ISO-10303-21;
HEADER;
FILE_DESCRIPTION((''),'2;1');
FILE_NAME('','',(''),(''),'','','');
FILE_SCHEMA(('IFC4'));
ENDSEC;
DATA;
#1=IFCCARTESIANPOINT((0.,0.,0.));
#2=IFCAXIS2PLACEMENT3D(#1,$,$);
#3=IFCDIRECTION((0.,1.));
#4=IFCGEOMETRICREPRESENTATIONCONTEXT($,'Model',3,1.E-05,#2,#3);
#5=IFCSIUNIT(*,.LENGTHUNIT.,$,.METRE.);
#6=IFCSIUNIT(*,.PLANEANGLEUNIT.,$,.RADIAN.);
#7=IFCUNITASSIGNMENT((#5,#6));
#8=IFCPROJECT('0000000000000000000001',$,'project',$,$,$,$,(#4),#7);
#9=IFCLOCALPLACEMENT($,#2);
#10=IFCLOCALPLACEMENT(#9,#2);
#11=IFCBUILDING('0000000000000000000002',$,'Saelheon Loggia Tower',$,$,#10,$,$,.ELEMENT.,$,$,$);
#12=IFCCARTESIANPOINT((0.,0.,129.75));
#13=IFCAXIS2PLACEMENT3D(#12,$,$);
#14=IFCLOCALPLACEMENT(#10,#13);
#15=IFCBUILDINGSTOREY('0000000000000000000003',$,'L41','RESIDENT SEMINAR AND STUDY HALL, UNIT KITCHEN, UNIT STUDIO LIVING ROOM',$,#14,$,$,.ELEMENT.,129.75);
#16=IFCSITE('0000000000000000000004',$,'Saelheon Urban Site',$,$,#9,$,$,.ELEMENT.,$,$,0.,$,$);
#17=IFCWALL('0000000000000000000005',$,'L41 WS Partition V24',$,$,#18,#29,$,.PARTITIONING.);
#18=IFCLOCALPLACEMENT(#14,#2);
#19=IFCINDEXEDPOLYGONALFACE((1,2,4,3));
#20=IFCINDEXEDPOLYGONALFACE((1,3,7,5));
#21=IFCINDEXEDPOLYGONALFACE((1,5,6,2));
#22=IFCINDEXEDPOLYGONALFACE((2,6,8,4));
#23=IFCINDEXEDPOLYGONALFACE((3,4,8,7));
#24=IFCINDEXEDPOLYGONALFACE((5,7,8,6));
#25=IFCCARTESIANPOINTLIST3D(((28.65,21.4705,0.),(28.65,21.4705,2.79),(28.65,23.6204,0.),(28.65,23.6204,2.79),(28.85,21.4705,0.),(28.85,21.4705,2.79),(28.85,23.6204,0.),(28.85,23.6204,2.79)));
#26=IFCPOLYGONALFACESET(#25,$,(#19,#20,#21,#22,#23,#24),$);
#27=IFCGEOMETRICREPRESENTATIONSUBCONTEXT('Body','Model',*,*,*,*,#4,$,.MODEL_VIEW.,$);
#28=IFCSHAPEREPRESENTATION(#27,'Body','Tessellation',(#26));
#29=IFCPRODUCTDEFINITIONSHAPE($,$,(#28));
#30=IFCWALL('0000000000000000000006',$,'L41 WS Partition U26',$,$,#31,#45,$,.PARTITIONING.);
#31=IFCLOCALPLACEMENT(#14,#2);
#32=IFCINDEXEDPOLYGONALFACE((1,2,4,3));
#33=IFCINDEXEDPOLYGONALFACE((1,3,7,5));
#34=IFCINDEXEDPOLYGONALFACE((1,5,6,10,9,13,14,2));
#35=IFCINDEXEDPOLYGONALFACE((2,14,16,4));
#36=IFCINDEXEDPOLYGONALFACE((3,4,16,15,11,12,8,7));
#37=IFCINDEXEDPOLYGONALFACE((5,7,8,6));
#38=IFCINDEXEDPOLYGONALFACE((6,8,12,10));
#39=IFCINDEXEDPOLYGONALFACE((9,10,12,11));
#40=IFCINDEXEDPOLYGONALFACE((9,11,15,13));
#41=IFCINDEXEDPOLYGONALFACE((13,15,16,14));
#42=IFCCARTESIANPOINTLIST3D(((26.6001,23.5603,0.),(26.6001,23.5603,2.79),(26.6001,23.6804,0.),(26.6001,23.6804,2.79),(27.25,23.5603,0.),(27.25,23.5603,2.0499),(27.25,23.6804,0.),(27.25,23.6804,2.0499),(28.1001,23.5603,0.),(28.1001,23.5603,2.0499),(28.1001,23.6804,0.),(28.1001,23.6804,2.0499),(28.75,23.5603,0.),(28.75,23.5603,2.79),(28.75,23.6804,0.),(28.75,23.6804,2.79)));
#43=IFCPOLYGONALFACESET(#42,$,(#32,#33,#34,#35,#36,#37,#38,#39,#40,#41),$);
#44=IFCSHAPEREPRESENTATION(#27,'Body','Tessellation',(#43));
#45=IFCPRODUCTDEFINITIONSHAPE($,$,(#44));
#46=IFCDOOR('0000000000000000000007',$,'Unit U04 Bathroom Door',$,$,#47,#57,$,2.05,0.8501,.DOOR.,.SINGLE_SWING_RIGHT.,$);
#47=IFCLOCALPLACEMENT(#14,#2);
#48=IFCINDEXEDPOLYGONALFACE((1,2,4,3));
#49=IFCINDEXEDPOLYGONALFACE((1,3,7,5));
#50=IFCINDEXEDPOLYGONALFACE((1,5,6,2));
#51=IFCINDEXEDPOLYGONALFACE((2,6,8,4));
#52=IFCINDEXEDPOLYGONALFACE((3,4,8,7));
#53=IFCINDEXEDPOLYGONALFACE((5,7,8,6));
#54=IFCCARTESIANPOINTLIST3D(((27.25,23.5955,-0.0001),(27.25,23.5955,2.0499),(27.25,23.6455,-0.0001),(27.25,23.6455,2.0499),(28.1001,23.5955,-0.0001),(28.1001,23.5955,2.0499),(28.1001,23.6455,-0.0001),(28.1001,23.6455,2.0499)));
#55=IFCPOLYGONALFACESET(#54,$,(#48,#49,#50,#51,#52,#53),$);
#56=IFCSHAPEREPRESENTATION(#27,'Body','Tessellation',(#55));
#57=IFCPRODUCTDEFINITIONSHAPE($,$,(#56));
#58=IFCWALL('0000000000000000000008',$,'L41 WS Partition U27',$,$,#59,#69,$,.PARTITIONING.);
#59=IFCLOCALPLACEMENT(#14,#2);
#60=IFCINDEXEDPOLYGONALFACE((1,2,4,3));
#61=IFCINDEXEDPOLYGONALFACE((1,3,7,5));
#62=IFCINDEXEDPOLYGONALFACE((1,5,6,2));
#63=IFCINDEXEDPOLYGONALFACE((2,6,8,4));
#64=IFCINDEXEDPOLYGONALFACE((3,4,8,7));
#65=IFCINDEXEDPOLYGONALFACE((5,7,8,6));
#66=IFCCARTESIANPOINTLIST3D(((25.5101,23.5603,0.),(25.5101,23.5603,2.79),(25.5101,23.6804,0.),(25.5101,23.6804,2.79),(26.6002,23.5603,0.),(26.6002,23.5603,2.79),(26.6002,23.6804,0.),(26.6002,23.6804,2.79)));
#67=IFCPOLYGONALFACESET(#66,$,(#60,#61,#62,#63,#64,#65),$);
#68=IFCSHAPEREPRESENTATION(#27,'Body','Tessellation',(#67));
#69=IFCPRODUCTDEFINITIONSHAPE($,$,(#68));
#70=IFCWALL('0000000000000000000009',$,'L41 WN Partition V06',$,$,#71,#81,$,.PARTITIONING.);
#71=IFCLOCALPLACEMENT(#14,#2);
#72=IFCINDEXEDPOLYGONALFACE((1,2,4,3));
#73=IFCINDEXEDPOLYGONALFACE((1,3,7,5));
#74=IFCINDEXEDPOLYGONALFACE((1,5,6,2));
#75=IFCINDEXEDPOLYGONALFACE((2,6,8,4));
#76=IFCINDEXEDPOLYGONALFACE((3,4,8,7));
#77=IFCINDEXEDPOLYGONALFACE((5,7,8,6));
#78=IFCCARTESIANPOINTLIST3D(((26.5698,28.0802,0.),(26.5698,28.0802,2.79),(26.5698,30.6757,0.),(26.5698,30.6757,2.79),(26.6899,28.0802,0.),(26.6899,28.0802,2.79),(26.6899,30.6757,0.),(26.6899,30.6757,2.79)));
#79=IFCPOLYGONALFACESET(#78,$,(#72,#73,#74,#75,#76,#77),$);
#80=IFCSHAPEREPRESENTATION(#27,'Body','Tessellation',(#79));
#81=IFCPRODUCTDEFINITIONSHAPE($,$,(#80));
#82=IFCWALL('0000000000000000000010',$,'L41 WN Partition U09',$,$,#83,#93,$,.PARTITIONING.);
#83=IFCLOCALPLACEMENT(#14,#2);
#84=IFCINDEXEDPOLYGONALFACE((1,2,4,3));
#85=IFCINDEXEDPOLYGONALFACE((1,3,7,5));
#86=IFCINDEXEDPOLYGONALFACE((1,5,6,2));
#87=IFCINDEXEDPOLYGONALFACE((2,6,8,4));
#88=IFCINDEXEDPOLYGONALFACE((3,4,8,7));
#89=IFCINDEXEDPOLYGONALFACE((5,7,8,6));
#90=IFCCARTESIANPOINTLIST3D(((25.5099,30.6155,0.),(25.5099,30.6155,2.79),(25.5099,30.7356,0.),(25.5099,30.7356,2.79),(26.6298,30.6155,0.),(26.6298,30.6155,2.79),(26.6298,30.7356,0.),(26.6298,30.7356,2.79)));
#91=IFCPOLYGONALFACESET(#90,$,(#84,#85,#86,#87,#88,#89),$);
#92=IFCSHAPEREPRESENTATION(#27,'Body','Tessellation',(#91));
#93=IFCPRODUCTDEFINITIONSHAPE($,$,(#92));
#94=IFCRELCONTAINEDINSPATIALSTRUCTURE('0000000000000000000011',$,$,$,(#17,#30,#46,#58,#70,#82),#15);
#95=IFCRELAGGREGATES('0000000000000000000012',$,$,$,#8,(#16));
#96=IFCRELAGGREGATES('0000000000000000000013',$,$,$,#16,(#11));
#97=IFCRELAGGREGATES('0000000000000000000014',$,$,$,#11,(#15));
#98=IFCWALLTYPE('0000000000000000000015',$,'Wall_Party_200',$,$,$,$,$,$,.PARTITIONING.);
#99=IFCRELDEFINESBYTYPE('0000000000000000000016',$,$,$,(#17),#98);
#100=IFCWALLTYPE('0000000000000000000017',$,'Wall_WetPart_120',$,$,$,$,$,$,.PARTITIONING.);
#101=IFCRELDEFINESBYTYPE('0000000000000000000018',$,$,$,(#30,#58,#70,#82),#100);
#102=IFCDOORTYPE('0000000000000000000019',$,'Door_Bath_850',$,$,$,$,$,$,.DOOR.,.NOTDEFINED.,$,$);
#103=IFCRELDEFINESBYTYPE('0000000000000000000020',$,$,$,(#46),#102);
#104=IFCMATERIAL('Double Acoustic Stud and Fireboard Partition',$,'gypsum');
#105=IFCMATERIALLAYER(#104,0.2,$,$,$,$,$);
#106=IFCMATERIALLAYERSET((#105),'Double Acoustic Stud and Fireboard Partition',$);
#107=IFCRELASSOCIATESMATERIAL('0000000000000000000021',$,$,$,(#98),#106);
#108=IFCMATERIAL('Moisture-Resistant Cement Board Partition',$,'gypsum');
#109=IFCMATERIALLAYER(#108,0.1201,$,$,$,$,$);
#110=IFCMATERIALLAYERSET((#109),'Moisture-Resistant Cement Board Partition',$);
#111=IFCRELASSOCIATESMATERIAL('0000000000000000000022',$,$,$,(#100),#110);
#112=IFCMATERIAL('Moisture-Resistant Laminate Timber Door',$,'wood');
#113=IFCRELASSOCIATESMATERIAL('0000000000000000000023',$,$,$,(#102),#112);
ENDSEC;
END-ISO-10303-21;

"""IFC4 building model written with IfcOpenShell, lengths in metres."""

from ifc_helpers import new_model, si_unit, direction, frame, frame_2d, origin, place, context, subcontext, project, spatial, rectangle, extrude, source, transform, mapped, material, layer, layer_set, type_object, element, fill, save


model = new_model("IFC4")

# Units and contexts
model_context = context("Model", 3, precision=1e-05, world=origin(), true_north=direction((0.0, 1.0)))
body_context = subcontext(model_context, "Body", "Model", "MODEL_VIEW")
ifc_project = project(units=[si_unit("LENGTHUNIT", "METRE"), si_unit("PLANEANGLEUNIT", "RADIAN")], contexts=[model_context])

# Site, building, storey
site_placement = place(None, origin())
site = spatial("IfcSite", under=ifc_project, at=site_placement, Name="Saelheon Urban Site", CompositionType="ELEMENT", RefElevation=0.0)
building_placement = place(site_placement, origin())
building = spatial("IfcBuilding", under=site, at=building_placement, Name="Saelheon Loggia Tower", CompositionType="ELEMENT")
storey_placement = place(building_placement, frame((0.0, 0.0, 129.75)))
storey = spatial("IfcBuildingStorey", under=building, at=storey_placement, Name="L41", Description="RESIDENT SEMINAR AND STUDY HALL, UNIT KITCHEN, UNIT STUDIO LIVING ROOM", CompositionType="ELEMENT", Elevation=129.75)

# Wall
ifc_material_1 = material(Name="Double Acoustic Stud and Fireboard Partition", Category="gypsum")
ifc_layer_1 = layer(ifc_material_1, 0.2)
ifc_layer_set_1 = layer_set([ifc_layer_1], Name="Double Acoustic Stud and Fireboard Partition")
wall_type_1 = type_object("IfcWallType", Name="Wall_Party_200", PredefinedType="PARTITIONING", material=ifc_layer_set_1)
wall_1_placement = place(storey_placement, frame((28.75, 21.4705, 0.0), z_axis=(0.0, 0.0, 1.0), x_axis=(0.0, 1.0, 0.0)))
element("IfcWall", 1, at=wall_1_placement, inside=storey, type_object=wall_type_1, Name="L41 WS Partition V24", PredefinedType="PARTITIONING", context=body_context, shape_type="SweptSolid", body=[
    extrude(rectangle(XDim=2.1499, YDim=0.2, at=frame_2d((1.075, 0.0))), origin(), (0.0, 0.0, 1.0), 2.79),
])

# Wall, opening, door
ifc_material_2 = material(Name="Moisture-Resistant Cement Board Partition", Category="gypsum")
ifc_layer_2 = layer(ifc_material_2, 0.1201)
ifc_layer_set_2 = layer_set([ifc_layer_2], Name="Moisture-Resistant Cement Board Partition")
wall_type_2 = type_object("IfcWallType", Name="Wall_WetPart_120", PredefinedType="PARTITIONING", material=ifc_layer_set_2)
wall_2_placement = place(storey_placement, frame((28.75, 23.6204, 0.0), z_axis=(0.0, 0.0, 1.0), x_axis=(-1.0, 0.0, 0.0)))
wall_2 = element("IfcWall", 2, at=wall_2_placement, inside=storey, type_object=wall_type_2, Name="L41 WS Partition U26", PredefinedType="PARTITIONING", context=body_context, shape_type="SweptSolid", body=[
    extrude(rectangle(XDim=2.1499, YDim=0.1201, at=frame_2d((1.075, 0.0))), origin(), (0.0, 0.0, 1.0), 2.79),
])
opening_1_placement = place(wall_2_placement, frame((0.6499, 0.0, 0.0)))
opening_1 = element("IfcOpeningElement", 3, at=opening_1_placement, cuts=wall_2, PredefinedType="OPENING", context=body_context, shape_type="SweptSolid", body=[
    extrude(rectangle(XDim=0.8501, YDim=2.05, at=frame_2d((0.425, 1.0249))), frame((0.0, 0.072, 0.0), z_axis=(0.0, -1.0, 0.0), x_axis=(1.0, 0.0, 0.0)), (0.0, 0.0, 1.0), 0.144),
])
ifc_material_3 = material(Name="Moisture-Resistant Laminate Timber Door", Category="wood")
door_type_1 = type_object("IfcDoorType", Name="Door_Bath_850", OperationType="NOTDEFINED", PredefinedType="DOOR", material=ifc_material_3)
shared_shape_1 = source(origin(), body_context, "Body", "SweptSolid", [
    extrude(rectangle(XDim=0.8501, YDim=2.05, at=frame_2d((0.425, 1.0249))), frame((0.0, 0.0249, 0.0), z_axis=(0.0, -1.0, 0.0), x_axis=(1.0, 0.0, 0.0)), (0.0, 0.0, 1.0), 0.05),
])
door_1_placement = place(opening_1_placement, origin())
door_1 = element("IfcDoor", 4, at=door_1_placement, inside=storey, type_object=door_type_1, Name="Unit U04 Bathroom Door", OperationType="SINGLE_SWING_RIGHT", OverallHeight=2.05, OverallWidth=0.8501, PredefinedType="DOOR", context=body_context, shape_type="MappedRepresentation", body=[
    mapped(shared_shape_1, transform((0.0, 0.0, 0.0), scale=1.0)),
])
fill(opening_1, door_1)

# Walls
wall_3_placement = place(storey_placement, frame((26.6001, 23.6204, 0.0), z_axis=(0.0, 0.0, 1.0), x_axis=(-1.0, 0.0, 0.0)))
element("IfcWall", 5, at=wall_3_placement, inside=storey, type_object=wall_type_2, Name="L41 WS Partition U27", PredefinedType="PARTITIONING", context=body_context, shape_type="SweptSolid", body=[
    extrude(rectangle(XDim=1.0901, YDim=0.1201, at=frame_2d((0.5449, 0.0))), origin(), (0.0, 0.0, 1.0), 2.79),
])
wall_4_placement = place(storey_placement, frame((26.6299, 28.0801, 0.0), z_axis=(0.0, 0.0, 1.0), x_axis=(0.0, 1.0, 0.0)))
element("IfcWall", 6, at=wall_4_placement, inside=storey, type_object=wall_type_2, Name="L41 WN Partition V06", PredefinedType="PARTITIONING", context=body_context, shape_type="SweptSolid", body=[
    extrude(rectangle(XDim=2.5955, YDim=0.1201, at=frame_2d((1.2979, 0.0))), origin(), (0.0, 0.0, 1.0), 2.79),
])
wall_5_placement = place(storey_placement, frame((26.6299, 30.6755, 0.0), z_axis=(0.0, 0.0, 1.0), x_axis=(-1.0, 0.0, 0.0)))
element("IfcWall", 7, at=wall_5_placement, inside=storey, type_object=wall_type_2, Name="L41 WN Partition U09", PredefinedType="PARTITIONING", context=body_context, shape_type="SweptSolid", body=[
    extrude(rectangle(XDim=1.1199, YDim=0.1201, at=frame_2d((0.5601, 0.0))), origin(), (0.0, 0.0, 1.0), 2.79),
])

save(model, "model.ifc")
